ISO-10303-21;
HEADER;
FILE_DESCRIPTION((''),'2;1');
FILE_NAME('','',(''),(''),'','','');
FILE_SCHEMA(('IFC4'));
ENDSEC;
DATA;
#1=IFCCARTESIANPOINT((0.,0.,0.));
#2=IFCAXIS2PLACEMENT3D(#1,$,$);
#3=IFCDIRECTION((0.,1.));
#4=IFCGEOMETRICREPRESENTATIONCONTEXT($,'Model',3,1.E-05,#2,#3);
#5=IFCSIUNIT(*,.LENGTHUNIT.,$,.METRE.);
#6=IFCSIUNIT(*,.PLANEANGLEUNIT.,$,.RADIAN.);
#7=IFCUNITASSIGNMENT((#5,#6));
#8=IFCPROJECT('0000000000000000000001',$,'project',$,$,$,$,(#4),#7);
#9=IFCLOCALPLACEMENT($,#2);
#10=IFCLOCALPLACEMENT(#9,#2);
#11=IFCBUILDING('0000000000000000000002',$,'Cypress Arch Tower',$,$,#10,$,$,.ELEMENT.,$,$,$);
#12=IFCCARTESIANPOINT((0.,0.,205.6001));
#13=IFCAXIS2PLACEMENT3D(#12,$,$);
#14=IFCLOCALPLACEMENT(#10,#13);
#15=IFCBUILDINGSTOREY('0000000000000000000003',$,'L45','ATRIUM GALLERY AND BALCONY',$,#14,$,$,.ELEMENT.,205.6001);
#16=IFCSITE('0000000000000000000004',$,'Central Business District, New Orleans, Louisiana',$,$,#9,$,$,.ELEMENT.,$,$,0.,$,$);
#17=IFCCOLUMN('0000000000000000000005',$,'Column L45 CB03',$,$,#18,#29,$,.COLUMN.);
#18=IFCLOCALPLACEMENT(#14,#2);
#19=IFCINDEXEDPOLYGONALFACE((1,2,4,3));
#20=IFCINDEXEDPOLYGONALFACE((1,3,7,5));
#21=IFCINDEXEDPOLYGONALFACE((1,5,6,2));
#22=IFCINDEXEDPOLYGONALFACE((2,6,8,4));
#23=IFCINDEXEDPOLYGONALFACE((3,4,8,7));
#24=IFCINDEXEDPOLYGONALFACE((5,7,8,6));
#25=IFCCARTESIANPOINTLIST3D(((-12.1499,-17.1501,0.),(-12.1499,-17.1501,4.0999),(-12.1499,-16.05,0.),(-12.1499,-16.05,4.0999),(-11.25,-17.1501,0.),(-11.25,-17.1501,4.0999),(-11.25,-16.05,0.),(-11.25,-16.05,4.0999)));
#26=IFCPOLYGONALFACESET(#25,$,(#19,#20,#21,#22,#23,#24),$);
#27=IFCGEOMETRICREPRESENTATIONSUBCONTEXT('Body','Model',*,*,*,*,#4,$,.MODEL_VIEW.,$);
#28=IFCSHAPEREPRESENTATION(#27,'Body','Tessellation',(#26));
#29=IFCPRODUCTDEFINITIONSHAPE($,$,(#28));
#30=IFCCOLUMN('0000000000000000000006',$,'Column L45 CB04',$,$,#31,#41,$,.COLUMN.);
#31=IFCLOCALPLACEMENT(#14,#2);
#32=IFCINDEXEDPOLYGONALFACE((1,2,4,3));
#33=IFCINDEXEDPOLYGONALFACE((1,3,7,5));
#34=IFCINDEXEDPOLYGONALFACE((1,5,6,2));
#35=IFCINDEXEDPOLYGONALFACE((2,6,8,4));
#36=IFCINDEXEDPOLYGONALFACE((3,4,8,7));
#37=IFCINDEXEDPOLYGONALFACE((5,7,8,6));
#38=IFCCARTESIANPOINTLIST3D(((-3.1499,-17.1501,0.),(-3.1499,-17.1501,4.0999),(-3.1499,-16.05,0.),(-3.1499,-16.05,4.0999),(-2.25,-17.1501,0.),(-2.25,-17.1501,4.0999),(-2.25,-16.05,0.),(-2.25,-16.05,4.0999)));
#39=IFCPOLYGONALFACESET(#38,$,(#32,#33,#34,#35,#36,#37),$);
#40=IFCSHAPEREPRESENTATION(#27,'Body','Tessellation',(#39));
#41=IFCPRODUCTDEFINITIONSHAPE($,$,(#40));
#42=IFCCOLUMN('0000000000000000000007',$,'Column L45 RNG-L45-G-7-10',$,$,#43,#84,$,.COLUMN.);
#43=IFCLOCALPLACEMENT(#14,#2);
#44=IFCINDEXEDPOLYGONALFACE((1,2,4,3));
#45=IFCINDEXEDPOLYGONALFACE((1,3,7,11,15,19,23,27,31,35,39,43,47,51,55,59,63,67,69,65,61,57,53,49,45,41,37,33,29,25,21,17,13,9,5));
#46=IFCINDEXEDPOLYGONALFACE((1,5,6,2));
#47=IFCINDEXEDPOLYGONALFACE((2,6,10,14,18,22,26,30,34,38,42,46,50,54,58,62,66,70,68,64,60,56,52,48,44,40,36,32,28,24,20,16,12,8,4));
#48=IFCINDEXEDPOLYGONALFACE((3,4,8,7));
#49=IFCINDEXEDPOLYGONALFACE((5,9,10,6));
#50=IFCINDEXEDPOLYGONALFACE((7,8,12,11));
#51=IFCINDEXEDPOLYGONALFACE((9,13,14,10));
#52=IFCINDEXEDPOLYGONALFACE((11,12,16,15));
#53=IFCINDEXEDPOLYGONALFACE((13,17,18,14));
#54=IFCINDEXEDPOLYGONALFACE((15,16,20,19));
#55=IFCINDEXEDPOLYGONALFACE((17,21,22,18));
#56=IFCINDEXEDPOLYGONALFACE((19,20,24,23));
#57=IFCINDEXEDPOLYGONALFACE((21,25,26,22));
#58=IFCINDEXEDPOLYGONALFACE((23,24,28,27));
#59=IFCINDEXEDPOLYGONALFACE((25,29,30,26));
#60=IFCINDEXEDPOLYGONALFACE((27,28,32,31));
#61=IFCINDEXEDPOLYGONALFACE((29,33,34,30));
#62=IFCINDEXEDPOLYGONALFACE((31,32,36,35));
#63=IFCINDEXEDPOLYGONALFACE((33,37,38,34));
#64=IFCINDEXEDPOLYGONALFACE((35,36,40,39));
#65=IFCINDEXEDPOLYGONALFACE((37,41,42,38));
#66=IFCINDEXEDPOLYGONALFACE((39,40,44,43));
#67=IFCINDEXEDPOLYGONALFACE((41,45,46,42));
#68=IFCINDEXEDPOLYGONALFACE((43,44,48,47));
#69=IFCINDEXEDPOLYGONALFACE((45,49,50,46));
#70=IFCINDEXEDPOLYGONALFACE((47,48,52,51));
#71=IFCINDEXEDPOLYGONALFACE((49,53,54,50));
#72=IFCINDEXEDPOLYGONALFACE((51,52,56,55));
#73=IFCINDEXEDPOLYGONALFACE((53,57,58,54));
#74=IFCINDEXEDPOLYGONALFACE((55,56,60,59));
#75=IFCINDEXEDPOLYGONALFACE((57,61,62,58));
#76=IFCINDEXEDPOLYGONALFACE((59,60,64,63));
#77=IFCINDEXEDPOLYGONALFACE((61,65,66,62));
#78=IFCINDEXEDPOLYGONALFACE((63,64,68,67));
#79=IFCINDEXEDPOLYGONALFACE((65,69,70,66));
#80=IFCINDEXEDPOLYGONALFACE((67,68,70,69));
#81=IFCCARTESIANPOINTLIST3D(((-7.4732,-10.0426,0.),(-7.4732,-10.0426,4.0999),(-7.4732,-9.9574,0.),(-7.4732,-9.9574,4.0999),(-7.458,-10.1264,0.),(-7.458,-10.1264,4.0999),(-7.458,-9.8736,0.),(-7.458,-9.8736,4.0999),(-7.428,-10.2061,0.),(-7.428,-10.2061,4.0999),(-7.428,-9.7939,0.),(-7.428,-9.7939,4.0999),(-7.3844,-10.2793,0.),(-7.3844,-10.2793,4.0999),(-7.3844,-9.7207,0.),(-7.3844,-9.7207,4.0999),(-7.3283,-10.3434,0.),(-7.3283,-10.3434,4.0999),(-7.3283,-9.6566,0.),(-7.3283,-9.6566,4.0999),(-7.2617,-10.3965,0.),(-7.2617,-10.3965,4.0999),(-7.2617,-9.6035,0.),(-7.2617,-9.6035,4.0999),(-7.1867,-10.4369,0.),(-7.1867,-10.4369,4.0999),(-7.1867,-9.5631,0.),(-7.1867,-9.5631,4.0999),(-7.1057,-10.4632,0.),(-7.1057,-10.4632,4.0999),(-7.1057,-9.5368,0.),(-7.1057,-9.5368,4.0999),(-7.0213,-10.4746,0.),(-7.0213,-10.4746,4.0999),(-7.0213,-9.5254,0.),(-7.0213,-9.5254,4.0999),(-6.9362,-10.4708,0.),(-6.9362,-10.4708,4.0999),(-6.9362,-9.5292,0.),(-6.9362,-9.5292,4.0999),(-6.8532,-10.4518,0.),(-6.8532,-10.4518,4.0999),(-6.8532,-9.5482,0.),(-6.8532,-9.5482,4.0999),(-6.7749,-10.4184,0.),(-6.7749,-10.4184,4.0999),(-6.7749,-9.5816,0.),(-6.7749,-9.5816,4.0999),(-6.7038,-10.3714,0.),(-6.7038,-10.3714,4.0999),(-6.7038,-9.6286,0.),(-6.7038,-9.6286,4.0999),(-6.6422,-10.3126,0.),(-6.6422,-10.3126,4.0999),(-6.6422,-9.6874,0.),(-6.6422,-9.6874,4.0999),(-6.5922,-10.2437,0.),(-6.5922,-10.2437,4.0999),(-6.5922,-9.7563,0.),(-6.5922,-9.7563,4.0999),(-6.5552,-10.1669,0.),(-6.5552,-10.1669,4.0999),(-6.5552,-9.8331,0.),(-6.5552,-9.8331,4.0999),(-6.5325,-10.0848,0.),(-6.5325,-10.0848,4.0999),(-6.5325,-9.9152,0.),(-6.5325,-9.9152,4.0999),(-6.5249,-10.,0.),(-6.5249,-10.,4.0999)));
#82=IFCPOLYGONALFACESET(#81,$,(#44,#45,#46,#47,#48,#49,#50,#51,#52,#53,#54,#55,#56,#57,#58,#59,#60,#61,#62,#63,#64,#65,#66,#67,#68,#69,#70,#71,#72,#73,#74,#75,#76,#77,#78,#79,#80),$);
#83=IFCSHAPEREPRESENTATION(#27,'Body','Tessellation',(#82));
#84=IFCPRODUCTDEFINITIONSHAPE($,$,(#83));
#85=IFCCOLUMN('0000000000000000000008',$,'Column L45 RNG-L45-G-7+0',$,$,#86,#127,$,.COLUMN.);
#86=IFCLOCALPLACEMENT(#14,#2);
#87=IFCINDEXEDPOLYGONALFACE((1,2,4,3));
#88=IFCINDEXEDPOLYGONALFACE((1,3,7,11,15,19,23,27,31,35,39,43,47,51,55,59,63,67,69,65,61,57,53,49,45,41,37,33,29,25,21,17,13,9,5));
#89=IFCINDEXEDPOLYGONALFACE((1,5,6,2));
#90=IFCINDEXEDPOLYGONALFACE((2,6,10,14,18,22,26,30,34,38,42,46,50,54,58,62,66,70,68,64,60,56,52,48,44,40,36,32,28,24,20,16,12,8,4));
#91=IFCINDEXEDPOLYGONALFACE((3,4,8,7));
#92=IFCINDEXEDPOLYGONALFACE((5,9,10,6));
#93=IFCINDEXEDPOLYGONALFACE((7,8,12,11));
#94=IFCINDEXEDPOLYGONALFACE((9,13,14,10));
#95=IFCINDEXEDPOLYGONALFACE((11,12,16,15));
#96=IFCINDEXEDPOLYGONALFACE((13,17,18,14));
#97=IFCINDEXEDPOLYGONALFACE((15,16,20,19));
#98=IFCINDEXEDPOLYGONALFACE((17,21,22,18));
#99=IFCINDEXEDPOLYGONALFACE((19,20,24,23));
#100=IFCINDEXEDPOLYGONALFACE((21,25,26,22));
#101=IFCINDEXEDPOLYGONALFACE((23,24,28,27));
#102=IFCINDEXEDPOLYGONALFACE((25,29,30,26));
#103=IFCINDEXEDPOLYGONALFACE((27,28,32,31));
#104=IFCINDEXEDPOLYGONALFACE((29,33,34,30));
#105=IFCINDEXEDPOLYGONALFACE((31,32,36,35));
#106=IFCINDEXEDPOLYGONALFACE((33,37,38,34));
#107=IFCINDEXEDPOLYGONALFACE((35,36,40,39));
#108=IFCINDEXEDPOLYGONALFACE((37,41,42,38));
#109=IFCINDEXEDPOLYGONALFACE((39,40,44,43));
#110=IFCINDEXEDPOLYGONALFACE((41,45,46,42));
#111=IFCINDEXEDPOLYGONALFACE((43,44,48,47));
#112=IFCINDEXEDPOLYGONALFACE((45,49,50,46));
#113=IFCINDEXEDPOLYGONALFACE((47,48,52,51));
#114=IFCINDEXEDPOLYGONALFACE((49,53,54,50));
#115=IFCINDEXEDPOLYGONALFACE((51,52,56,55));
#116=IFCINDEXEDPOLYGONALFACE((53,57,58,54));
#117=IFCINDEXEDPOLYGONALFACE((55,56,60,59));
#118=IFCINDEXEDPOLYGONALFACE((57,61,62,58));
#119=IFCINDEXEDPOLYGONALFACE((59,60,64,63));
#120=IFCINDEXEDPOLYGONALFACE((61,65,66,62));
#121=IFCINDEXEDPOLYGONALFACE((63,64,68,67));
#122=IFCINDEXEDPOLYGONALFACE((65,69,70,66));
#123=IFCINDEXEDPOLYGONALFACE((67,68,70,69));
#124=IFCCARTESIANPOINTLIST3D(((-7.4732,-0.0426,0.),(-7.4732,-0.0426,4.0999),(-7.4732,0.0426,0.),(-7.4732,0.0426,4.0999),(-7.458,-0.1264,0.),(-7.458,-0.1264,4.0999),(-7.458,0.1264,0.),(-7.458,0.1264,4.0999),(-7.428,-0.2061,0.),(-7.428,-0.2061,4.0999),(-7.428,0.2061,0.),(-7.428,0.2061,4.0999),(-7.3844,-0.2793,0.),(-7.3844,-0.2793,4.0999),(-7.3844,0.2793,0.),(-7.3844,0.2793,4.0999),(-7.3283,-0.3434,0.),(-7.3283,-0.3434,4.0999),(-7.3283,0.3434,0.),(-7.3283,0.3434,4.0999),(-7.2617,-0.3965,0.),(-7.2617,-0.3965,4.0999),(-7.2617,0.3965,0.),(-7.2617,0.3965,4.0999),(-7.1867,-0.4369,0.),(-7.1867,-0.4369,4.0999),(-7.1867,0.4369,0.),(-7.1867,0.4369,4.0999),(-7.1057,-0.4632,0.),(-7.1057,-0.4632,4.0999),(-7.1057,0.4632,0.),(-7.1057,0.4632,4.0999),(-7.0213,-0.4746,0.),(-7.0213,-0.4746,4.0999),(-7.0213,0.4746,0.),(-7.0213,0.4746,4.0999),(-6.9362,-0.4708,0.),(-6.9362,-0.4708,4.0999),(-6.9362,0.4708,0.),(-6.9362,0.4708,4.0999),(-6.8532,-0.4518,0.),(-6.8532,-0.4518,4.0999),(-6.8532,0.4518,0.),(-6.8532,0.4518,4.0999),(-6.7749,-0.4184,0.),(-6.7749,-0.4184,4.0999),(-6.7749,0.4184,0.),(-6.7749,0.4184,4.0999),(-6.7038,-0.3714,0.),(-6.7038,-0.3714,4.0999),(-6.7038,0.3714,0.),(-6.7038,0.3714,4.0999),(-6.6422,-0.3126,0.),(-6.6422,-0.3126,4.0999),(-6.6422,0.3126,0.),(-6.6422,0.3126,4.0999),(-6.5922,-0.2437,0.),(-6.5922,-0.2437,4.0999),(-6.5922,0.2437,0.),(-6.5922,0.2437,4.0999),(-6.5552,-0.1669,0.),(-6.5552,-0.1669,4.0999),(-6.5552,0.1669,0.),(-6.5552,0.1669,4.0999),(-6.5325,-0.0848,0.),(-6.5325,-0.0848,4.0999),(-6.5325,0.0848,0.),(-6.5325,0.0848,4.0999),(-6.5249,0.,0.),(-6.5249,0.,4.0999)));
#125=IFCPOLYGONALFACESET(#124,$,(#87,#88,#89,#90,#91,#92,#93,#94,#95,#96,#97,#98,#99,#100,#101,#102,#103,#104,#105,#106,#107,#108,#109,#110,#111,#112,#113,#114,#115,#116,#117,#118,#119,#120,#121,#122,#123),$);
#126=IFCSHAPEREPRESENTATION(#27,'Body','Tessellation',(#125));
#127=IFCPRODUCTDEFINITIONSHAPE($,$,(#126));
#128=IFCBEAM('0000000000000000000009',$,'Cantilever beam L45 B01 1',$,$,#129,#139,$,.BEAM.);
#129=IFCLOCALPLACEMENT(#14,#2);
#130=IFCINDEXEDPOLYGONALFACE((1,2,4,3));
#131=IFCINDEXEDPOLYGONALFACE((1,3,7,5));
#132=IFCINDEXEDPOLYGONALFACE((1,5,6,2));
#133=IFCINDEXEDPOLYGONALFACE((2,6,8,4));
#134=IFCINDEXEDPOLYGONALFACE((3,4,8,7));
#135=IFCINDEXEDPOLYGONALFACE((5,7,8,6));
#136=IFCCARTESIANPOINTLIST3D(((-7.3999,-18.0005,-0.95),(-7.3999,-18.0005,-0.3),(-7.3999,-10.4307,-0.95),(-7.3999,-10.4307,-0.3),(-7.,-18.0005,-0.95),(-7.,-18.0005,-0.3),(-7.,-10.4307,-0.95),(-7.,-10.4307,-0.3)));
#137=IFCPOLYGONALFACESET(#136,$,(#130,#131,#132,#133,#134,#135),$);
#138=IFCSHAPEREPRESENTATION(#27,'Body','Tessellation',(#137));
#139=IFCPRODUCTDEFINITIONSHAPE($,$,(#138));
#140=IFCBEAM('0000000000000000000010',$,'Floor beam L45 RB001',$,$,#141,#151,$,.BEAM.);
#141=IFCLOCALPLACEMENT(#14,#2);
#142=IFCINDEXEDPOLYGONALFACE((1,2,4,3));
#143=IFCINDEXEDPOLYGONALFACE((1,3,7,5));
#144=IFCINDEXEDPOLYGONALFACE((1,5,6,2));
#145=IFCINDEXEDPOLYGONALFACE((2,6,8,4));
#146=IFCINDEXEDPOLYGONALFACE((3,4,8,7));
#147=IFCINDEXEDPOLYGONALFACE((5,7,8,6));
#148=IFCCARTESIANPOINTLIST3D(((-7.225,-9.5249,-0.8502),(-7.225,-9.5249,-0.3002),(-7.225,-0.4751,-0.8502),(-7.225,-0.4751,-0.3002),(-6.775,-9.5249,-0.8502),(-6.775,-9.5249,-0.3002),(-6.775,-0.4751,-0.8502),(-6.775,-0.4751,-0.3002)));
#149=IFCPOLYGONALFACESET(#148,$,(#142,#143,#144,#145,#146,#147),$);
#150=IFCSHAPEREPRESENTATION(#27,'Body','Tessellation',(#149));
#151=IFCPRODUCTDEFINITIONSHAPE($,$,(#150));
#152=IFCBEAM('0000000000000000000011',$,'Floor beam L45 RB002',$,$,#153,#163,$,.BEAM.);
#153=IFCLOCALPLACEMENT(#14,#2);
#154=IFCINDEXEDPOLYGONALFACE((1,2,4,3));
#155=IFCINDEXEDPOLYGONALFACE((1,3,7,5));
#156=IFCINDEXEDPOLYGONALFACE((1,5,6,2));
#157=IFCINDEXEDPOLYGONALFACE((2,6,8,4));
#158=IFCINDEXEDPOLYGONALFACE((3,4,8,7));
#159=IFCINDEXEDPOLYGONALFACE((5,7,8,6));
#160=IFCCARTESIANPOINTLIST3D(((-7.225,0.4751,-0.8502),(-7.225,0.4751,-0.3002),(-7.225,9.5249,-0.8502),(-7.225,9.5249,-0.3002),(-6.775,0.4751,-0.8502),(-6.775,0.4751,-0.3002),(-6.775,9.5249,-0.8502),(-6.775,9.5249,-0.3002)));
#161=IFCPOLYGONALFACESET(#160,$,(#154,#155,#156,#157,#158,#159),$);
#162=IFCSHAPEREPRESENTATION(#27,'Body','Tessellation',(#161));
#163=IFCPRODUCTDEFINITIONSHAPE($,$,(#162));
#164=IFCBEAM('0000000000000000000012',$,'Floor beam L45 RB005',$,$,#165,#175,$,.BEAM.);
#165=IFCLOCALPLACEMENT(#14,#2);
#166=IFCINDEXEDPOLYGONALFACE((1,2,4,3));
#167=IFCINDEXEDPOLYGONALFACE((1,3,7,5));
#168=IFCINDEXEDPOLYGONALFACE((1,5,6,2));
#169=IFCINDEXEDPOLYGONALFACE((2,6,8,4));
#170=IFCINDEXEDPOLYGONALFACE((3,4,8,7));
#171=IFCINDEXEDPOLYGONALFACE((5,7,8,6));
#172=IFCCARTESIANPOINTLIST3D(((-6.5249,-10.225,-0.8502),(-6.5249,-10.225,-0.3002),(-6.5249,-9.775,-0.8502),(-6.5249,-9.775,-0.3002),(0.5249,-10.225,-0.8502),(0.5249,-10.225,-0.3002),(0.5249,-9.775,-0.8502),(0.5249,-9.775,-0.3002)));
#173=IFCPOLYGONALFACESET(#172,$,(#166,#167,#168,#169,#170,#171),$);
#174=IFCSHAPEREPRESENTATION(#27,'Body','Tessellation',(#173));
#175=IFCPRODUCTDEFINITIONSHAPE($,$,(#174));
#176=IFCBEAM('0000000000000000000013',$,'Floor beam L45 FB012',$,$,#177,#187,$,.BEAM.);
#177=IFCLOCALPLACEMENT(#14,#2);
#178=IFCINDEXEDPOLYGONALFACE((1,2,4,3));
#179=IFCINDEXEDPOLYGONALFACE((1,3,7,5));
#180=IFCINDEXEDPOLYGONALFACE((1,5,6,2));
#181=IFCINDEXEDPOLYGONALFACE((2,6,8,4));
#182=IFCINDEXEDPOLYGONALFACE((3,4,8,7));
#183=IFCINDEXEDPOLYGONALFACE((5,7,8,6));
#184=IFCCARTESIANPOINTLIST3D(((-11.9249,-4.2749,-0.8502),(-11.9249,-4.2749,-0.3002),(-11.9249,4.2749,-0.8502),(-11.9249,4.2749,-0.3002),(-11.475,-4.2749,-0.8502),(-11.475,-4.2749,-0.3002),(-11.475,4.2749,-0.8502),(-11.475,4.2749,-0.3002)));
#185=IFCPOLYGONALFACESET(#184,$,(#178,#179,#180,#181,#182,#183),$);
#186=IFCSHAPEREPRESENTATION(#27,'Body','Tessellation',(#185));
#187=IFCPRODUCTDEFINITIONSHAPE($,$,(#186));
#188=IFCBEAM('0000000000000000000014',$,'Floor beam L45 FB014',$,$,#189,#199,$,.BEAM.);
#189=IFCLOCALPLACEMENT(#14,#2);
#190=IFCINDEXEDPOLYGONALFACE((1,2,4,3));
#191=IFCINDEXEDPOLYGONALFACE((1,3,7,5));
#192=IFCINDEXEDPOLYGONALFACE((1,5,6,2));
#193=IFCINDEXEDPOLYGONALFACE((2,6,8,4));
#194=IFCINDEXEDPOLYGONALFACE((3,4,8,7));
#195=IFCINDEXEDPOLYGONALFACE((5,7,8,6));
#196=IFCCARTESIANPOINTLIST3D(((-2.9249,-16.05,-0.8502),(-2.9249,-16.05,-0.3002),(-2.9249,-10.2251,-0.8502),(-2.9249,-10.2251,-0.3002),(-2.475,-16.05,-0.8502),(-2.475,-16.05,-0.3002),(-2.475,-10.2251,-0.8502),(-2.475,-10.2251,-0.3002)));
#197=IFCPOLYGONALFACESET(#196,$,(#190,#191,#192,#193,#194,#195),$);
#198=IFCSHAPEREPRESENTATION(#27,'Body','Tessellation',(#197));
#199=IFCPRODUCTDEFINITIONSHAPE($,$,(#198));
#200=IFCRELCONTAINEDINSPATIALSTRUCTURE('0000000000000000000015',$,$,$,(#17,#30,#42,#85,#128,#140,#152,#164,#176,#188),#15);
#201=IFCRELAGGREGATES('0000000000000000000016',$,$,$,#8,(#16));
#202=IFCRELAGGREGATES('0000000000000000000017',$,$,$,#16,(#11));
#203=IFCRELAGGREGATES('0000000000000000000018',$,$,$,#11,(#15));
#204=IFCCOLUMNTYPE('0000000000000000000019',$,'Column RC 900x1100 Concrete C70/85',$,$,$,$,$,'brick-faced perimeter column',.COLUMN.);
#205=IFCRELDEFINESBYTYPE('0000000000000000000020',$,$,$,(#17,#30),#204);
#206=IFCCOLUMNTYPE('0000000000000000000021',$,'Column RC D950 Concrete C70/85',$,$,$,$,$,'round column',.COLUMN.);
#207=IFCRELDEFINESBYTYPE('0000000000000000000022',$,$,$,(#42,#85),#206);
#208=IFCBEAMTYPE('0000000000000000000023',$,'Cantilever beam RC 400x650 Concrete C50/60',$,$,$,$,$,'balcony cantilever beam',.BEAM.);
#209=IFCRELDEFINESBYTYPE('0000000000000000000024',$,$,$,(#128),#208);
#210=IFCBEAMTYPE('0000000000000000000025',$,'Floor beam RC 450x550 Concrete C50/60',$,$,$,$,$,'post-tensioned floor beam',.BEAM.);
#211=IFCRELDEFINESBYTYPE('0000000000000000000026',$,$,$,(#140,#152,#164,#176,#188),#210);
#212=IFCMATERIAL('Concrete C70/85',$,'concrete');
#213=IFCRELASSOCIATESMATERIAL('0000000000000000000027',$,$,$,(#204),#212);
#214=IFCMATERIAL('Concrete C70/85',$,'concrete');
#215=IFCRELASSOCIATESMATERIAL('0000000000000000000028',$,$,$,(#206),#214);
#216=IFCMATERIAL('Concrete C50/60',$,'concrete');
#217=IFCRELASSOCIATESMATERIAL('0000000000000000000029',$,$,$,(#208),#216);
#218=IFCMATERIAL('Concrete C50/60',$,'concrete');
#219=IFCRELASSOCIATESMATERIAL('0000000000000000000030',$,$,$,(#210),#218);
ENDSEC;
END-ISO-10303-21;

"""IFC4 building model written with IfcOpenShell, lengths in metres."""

from ifc_helpers import new_model, si_unit, direction, frame, origin, origin_2d, place, context, subcontext, project, spatial, rectangle, circle, extrude, material, material_profile, profile_set, type_object, element, save


model = new_model("IFC4")

# Units and contexts
model_context = context("Model", 3, precision=1e-05, world=origin(), true_north=direction((0.0, 1.0)))
body_context = subcontext(model_context, "Body", "Model", "MODEL_VIEW")
ifc_project = project(units=[si_unit("LENGTHUNIT", "METRE"), si_unit("PLANEANGLEUNIT", "RADIAN")], contexts=[model_context])

# Site, building, storey
site_placement = place(None, origin())
site = spatial("IfcSite", under=ifc_project, at=site_placement, Name="Central Business District, New Orleans, Louisiana", CompositionType="ELEMENT", RefElevation=0.0)
building_placement = place(site_placement, origin())
building = spatial("IfcBuilding", under=site, at=building_placement, Name="Cypress Arch Tower", CompositionType="ELEMENT")
storey_placement = place(building_placement, frame((0.0, 0.0, 205.6001)))
storey = spatial("IfcBuildingStorey", under=building, at=storey_placement, Name="L45", Description="ATRIUM GALLERY AND BALCONY", CompositionType="ELEMENT", Elevation=205.6001)

# Columns
ifc_material_1 = material(Name="Concrete C70/85", Category="concrete")
ifc_material_profile_1 = material_profile(ifc_material_1, rectangle(XDim=0.8999, YDim=1.1001, at=origin_2d()), Name="RC 900x1100")
ifc_profile_set_1 = profile_set([ifc_material_profile_1], Name="Concrete C70/85")
column_type_1 = type_object("IfcColumnType", Name="Column RC 900x1100 Concrete C70/85", ElementType="brick-faced perimeter column", PredefinedType="COLUMN", material=ifc_profile_set_1)
for number, where, z_axis, x_axis, name in (
    (1, (-11.7, -16.6001, 0.0), (0.0, 0.0, 1.0), (1.0, 0.0, 0.0), "Column L45 CB03"),
    (2, (-2.7, -16.6001, 0.0), (0.0, 0.0, 1.0), (1.0, 0.0, 0.0), "Column L45 CB04"),
):
    element("IfcColumn", number, at=place(storey_placement, frame(where, z_axis=z_axis, x_axis=x_axis)), inside=storey, type_object=column_type_1, Name=name, PredefinedType="COLUMN", context=body_context, shape_type="SweptSolid", body=[
        extrude(rectangle(XDim=0.8999, YDim=1.1001, at=origin_2d()), origin(), (0.0, 0.0, 1.0), 4.0999),
    ])
ifc_material_2 = material(Name="Concrete C70/85", Category="concrete")
ifc_material_profile_2 = material_profile(ifc_material_2, circle(Radius=0.4751, at=origin_2d()), Name="RC D950")
ifc_profile_set_2 = profile_set([ifc_material_profile_2], Name="Concrete C70/85")
column_type_2 = type_object("IfcColumnType", Name="Column RC D950 Concrete C70/85", ElementType="round column", PredefinedType="COLUMN", material=ifc_profile_set_2)
for number, where, z_axis, x_axis, name in (
    (3, (-7.0, -10.0, 0.0), (0.0, 0.0, 1.0), (1.0, 0.0, 0.0), "Column L45 RNG-L45-G-7-10"),
    (4, (-7.0, 0.0, 0.0), (0.0, 0.0, 1.0), (1.0, 0.0, 0.0), "Column L45 RNG-L45-G-7+0"),
):
    element("IfcColumn", number, at=place(storey_placement, frame(where, z_axis=z_axis, x_axis=x_axis)), inside=storey, type_object=column_type_2, Name=name, PredefinedType="COLUMN", context=body_context, shape_type="SweptSolid", body=[
        extrude(circle(Radius=0.4751, at=origin_2d()), origin(), (0.0, 0.0, 1.0), 4.0999),
    ])

# Beams
ifc_material_3 = material(Name="Concrete C50/60", Category="concrete")
ifc_material_profile_3 = material_profile(ifc_material_3, rectangle(XDim=0.3999, YDim=0.6499, at=origin_2d()), Name="RC 400x650")
ifc_profile_set_3 = profile_set([ifc_material_profile_3], Name="Concrete C50/60")
beam_type_1 = type_object("IfcBeamType", Name="Cantilever beam RC 400x650 Concrete C50/60", ElementType="balcony cantilever beam", PredefinedType="BEAM", material=ifc_profile_set_3)
beam_1_placement = place(storey_placement, frame((-7.2, -10.4307, -0.625), z_axis=(0.0, -1.0, 0.0), x_axis=(1.0, 0.0, 0.0)))
element("IfcBeam", 5, at=beam_1_placement, inside=storey, type_object=beam_type_1, Name="Cantilever beam L45 B01 1", PredefinedType="BEAM", context=body_context, shape_type="SweptSolid", body=[
    extrude(rectangle(XDim=0.3999, YDim=0.6499, at=origin_2d()), origin(), (0.0, 0.0, 1.0), 7.5698),
])
ifc_material_4 = material(Name="Concrete C50/60", Category="concrete")
ifc_material_profile_4 = material_profile(ifc_material_4, rectangle(XDim=0.45, YDim=0.55, at=origin_2d()), Name="RC 450x550")
ifc_profile_set_4 = profile_set([ifc_material_profile_4], Name="Concrete C50/60")
beam_type_2 = type_object("IfcBeamType", Name="Floor beam RC 450x550 Concrete C50/60", ElementType="post-tensioned floor beam", PredefinedType="BEAM", material=ifc_profile_set_4)
for number, where, z_axis, x_axis, name in (
    (6, (-7.0, -9.5249, -0.5752), (0.0, 1.0, 0.0), (-1.0, 0.0, 0.0), "Floor beam L45 RB001"),
    (7, (-7.0, 0.4751, -0.5752), (0.0, 1.0, 0.0), (-1.0, 0.0, 0.0), "Floor beam L45 RB002"),
):
    element("IfcBeam", number, at=place(storey_placement, frame(where, z_axis=z_axis, x_axis=x_axis)), inside=storey, type_object=beam_type_2, Name=name, PredefinedType="BEAM", context=body_context, shape_type="SweptSolid", body=[
        extrude(rectangle(XDim=0.45, YDim=0.55, at=origin_2d()), origin(), (0.0, 0.0, 1.0), 9.0498),
    ])
beam_2_placement = place(storey_placement, frame((-6.5249, -10.0, -0.5752), z_axis=(1.0, 0.0, 0.0), x_axis=(0.0, 1.0, 0.0)))
element("IfcBeam", 8, at=beam_2_placement, inside=storey, type_object=beam_type_2, Name="Floor beam L45 RB005", PredefinedType="BEAM", context=body_context, shape_type="SweptSolid", body=[
    extrude(rectangle(XDim=0.45, YDim=0.55, at=origin_2d()), origin(), (0.0, 0.0, 1.0), 7.0498),
])
beam_3_placement = place(storey_placement, frame((-11.7, -4.2749, -0.5752), z_axis=(0.0, 1.0, 0.0), x_axis=(-1.0, 0.0, 0.0)))
element("IfcBeam", 9, at=beam_3_placement, inside=storey, type_object=beam_type_2, Name="Floor beam L45 FB012", PredefinedType="BEAM", context=body_context, shape_type="SweptSolid", body=[
    extrude(rectangle(XDim=0.45, YDim=0.55, at=origin_2d()), origin(), (0.0, 0.0, 1.0), 8.5498),
])
beam_4_placement = place(storey_placement, frame((-2.7, -16.05, -0.5752), z_axis=(0.0, 1.0, 0.0), x_axis=(-1.0, 0.0, 0.0)))
element("IfcBeam", 10, at=beam_4_placement, inside=storey, type_object=beam_type_2, Name="Floor beam L45 FB014", PredefinedType="BEAM", context=body_context, shape_type="SweptSolid", body=[
    extrude(rectangle(XDim=0.45, YDim=0.55, at=origin_2d()), origin(), (0.0, 0.0, 1.0), 5.825),
])

save(model, "model.ifc")
